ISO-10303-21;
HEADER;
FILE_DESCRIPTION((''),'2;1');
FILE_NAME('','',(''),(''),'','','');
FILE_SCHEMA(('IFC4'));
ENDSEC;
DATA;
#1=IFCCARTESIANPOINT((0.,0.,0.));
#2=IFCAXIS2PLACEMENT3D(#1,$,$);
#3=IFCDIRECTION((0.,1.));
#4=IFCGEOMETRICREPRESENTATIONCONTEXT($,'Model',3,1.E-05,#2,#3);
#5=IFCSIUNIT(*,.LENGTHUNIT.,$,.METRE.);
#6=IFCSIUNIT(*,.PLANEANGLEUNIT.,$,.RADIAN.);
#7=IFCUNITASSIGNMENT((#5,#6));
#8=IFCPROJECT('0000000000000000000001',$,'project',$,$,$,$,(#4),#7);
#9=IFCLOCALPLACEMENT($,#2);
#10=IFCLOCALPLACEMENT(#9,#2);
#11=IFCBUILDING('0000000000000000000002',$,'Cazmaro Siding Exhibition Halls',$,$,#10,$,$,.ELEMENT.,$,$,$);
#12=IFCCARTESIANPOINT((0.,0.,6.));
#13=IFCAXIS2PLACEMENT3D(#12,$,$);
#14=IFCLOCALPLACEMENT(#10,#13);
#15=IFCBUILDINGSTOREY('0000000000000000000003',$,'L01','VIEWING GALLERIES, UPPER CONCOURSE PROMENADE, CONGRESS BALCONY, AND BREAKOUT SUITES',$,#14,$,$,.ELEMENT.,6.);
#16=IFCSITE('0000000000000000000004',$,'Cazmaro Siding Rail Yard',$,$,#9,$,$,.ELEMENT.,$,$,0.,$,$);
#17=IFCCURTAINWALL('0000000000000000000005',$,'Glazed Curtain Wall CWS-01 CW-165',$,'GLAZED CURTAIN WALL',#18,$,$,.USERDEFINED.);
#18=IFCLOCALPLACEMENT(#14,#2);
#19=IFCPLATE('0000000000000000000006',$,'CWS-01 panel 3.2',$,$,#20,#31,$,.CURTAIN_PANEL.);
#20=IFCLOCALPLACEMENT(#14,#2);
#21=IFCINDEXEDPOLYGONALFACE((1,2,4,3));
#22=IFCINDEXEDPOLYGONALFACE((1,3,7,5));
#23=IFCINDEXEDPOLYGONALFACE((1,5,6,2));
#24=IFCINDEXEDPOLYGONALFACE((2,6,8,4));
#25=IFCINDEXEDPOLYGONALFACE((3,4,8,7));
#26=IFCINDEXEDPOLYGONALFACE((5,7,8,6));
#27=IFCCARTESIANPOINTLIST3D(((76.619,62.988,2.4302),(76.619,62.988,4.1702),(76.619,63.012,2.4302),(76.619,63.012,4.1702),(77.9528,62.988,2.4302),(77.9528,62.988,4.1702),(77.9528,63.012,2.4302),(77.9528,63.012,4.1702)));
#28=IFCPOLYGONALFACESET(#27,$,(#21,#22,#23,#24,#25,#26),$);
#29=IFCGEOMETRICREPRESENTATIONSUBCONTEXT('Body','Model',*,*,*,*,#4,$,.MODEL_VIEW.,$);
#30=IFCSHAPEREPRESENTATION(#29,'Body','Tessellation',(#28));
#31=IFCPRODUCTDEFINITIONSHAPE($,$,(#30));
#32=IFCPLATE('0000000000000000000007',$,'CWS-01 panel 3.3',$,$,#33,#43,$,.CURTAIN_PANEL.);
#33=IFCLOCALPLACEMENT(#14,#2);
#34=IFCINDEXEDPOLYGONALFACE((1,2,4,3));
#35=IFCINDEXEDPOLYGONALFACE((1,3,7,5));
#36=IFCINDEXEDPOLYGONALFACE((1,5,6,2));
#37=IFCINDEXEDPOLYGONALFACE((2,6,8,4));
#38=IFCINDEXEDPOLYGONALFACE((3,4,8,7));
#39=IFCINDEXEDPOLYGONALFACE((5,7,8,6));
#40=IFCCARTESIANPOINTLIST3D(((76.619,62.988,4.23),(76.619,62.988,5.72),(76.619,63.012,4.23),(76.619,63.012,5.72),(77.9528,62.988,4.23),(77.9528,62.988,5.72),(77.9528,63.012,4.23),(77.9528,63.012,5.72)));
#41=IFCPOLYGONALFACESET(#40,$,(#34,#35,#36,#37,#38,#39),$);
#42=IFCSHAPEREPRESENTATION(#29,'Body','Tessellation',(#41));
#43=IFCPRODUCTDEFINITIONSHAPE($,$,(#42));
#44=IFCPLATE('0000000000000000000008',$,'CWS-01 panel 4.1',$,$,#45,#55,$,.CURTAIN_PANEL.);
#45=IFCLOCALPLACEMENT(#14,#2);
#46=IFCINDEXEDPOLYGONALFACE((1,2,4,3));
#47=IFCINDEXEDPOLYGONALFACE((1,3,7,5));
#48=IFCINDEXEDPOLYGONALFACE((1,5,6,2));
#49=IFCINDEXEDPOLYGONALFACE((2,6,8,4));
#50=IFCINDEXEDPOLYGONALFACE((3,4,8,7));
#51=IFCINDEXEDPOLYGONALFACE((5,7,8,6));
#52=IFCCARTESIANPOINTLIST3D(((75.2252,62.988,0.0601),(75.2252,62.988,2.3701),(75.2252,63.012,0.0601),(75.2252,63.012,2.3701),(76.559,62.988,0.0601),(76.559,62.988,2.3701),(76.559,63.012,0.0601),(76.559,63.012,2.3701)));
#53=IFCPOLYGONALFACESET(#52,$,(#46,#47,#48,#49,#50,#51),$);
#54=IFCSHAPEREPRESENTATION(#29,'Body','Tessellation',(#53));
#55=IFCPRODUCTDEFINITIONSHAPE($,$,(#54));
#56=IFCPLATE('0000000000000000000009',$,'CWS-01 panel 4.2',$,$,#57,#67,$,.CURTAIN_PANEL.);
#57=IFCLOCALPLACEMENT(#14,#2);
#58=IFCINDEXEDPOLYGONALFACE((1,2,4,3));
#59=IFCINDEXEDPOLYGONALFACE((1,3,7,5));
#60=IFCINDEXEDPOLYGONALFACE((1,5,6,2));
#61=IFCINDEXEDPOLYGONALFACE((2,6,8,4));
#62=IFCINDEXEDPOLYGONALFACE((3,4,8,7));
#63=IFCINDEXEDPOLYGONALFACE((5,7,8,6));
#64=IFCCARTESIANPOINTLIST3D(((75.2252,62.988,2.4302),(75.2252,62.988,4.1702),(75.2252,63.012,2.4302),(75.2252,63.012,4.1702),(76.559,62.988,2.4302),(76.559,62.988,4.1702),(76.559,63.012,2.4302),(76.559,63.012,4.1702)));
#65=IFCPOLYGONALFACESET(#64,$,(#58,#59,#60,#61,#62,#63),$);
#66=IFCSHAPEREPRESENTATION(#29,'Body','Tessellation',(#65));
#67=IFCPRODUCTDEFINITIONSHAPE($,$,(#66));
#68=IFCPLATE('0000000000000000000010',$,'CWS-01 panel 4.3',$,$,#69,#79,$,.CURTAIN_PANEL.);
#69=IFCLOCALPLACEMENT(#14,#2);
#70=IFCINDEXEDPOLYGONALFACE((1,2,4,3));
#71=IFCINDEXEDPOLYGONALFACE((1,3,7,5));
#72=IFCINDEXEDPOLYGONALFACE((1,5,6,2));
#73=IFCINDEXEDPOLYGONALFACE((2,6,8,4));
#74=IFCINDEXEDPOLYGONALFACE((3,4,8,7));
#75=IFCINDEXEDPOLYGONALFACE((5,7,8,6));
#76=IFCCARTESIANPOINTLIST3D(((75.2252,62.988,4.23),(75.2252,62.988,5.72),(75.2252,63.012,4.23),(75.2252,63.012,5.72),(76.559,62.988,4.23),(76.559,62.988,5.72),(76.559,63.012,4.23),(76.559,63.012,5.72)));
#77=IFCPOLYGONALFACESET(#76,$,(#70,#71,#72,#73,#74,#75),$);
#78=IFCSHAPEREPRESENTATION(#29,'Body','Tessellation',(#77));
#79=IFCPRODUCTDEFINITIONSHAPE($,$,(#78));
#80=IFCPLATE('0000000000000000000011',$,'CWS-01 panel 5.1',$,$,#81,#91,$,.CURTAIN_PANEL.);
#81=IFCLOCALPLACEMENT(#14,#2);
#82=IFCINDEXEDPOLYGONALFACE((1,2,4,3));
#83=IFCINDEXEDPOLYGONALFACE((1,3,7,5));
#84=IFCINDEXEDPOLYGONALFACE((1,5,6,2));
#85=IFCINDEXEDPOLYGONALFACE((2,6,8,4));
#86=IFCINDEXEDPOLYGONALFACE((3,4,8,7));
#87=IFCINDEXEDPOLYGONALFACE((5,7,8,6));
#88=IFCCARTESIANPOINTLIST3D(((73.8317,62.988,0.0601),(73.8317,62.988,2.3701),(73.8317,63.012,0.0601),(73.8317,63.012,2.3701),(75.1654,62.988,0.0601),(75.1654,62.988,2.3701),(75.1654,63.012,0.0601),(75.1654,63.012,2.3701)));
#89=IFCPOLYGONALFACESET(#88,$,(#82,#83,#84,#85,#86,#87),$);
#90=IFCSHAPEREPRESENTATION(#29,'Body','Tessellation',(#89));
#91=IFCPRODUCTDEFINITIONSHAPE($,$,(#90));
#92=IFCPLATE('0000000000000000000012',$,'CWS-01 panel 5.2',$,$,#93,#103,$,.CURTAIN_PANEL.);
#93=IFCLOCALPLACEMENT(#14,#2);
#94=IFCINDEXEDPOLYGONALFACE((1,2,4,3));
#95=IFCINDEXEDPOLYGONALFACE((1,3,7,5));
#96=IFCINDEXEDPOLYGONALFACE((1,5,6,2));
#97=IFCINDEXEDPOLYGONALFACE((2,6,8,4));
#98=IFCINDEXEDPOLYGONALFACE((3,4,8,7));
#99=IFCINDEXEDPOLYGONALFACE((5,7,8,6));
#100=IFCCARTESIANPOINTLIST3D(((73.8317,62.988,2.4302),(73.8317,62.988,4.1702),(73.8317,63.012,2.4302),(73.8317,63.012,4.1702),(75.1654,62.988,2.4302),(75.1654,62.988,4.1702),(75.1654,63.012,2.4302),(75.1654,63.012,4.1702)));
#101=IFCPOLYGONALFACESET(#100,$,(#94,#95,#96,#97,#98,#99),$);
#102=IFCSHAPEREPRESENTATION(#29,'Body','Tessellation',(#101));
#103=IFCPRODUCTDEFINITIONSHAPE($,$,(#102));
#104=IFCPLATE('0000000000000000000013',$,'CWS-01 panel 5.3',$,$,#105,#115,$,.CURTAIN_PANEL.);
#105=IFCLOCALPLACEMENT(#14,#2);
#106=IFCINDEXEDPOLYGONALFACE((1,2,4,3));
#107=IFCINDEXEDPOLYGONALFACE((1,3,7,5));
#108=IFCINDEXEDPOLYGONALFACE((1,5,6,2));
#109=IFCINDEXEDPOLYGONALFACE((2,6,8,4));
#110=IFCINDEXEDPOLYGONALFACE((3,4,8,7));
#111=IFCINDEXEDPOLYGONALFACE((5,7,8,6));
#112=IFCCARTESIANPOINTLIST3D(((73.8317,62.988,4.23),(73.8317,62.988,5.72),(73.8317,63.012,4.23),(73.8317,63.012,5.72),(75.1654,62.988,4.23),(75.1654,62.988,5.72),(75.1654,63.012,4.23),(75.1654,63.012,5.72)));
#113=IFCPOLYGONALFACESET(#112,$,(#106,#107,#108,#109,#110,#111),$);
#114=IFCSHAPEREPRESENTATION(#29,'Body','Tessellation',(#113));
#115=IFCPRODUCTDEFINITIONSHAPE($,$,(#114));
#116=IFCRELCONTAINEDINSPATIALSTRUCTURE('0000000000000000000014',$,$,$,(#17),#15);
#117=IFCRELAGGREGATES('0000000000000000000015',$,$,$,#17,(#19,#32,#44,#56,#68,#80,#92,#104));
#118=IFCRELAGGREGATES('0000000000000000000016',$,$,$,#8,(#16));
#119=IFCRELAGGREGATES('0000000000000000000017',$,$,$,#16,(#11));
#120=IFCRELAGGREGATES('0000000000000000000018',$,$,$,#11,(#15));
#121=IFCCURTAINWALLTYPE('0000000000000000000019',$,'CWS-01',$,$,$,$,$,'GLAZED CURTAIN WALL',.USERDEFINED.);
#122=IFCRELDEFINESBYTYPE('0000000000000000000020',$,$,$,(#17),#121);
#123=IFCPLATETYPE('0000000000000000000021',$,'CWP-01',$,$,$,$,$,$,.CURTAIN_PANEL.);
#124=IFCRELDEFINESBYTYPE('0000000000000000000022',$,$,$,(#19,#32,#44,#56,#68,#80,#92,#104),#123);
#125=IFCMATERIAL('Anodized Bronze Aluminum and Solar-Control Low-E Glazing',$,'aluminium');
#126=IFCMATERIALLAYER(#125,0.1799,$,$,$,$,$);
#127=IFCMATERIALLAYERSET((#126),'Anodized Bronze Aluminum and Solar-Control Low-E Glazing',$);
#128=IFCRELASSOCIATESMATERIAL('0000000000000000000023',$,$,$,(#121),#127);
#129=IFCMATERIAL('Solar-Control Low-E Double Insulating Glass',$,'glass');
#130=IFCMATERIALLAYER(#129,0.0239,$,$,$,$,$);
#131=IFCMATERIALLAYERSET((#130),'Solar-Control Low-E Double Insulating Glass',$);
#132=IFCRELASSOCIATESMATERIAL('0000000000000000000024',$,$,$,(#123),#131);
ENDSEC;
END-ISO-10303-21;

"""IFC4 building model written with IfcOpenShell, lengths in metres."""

from ifc_helpers import new_model, si_unit, direction, frame, origin, origin_2d, place, context, subcontext, project, spatial, rectangle, extrude, material, layer, layer_set, type_object, element, aggregate, save


model = new_model("IFC4")

# Units and contexts
model_context = context("Model", 3, precision=1e-05, world=origin(), true_north=direction((0.0, 1.0)))
body_context = subcontext(model_context, "Body", "Model", "MODEL_VIEW")
ifc_project = project(units=[si_unit("LENGTHUNIT", "METRE"), si_unit("PLANEANGLEUNIT", "RADIAN")], contexts=[model_context])

# Site, building, storey
site_placement = place(None, origin())
site = spatial("IfcSite", under=ifc_project, at=site_placement, Name="Cazmaro Siding Rail Yard", CompositionType="ELEMENT", RefElevation=0.0)
building_placement = place(site_placement, origin())
building = spatial("IfcBuilding", under=site, at=building_placement, Name="Cazmaro Siding Exhibition Halls", CompositionType="ELEMENT")
storey_placement = place(building_placement, frame((0.0, 0.0, 6.0)))
storey = spatial("IfcBuildingStorey", under=building, at=storey_placement, Name="L01", Description="VIEWING GALLERIES, UPPER CONCOURSE PROMENADE, CONGRESS BALCONY, AND BREAKOUT SUITES", CompositionType="ELEMENT", Elevation=6.0)

# Curtain wall, plates
ifc_material_1 = material(Name="Anodized Bronze Aluminum and Solar-Control Low-E Glazing", Category="aluminium")
ifc_layer_1 = layer(ifc_material_1, 0.1799)
ifc_layer_set_1 = layer_set([ifc_layer_1], Name="Anodized Bronze Aluminum and Solar-Control Low-E Glazing")
curtain_wall_type = type_object("IfcCurtainWallType", Name="CWS-01", ElementType="GLAZED CURTAIN WALL", PredefinedType="USERDEFINED", material=ifc_layer_set_1)
curtain_wall_placement = place(storey_placement, origin())
curtain_wall = element("IfcCurtainWall", 1, at=curtain_wall_placement, inside=storey, type_object=curtain_wall_type, Name="Glazed Curtain Wall CWS-01 CW-165", ObjectType="GLAZED CURTAIN WALL", PredefinedType="USERDEFINED")
ifc_material_2 = material(Name="Solar-Control Low-E Double Insulating Glass", Category="glass")
ifc_layer_2 = layer(ifc_material_2, 0.0239)
ifc_layer_set_2 = layer_set([ifc_layer_2], Name="Solar-Control Low-E Double Insulating Glass")
plate_type = type_object("IfcPlateType", Name="CWP-01", PredefinedType="CURTAIN_PANEL", material=ifc_layer_set_2)
plate_1_placement = place(storey_placement, frame((77.2859, 63.0, 2.4302), z_axis=(0.0, 0.0, 1.0), x_axis=(-1.0, 0.0, 0.0)))
plate_1 = element("IfcPlate", 2, at=plate_1_placement, type_object=plate_type, Name="CWS-01 panel 3.2", PredefinedType="CURTAIN_PANEL", context=body_context, shape_type="SweptSolid", body=[
    extrude(rectangle(XDim=1.3337, YDim=0.0239, at=origin_2d()), origin(), (0.0, 0.0, 1.0), 1.74),
])
plate_2_placement = place(storey_placement, frame((77.2859, 63.0, 4.23), z_axis=(0.0, 0.0, 1.0), x_axis=(-1.0, 0.0, 0.0)))
plate_2 = element("IfcPlate", 3, at=plate_2_placement, type_object=plate_type, Name="CWS-01 panel 3.3", PredefinedType="CURTAIN_PANEL", context=body_context, shape_type="SweptSolid", body=[
    extrude(rectangle(XDim=1.3337, YDim=0.0239, at=origin_2d()), origin(), (0.0, 0.0, 1.0), 1.49),
])
plate_3_placement = place(storey_placement, frame((75.8921, 63.0, 0.0601), z_axis=(0.0, 0.0, 1.0), x_axis=(-1.0, 0.0, 0.0)))
plate_3 = element("IfcPlate", 4, at=plate_3_placement, type_object=plate_type, Name="CWS-01 panel 4.1", PredefinedType="CURTAIN_PANEL", context=body_context, shape_type="SweptSolid", body=[
    extrude(rectangle(XDim=1.3337, YDim=0.0239, at=origin_2d()), origin(), (0.0, 0.0, 1.0), 2.3101),
])
plate_4_placement = place(storey_placement, frame((75.8921, 63.0, 2.4302), z_axis=(0.0, 0.0, 1.0), x_axis=(-1.0, 0.0, 0.0)))
plate_4 = element("IfcPlate", 5, at=plate_4_placement, type_object=plate_type, Name="CWS-01 panel 4.2", PredefinedType="CURTAIN_PANEL", context=body_context, shape_type="SweptSolid", body=[
    extrude(rectangle(XDim=1.3337, YDim=0.0239, at=origin_2d()), origin(), (0.0, 0.0, 1.0), 1.74),
])
plate_5_placement = place(storey_placement, frame((75.8921, 63.0, 4.23), z_axis=(0.0, 0.0, 1.0), x_axis=(-1.0, 0.0, 0.0)))
plate_5 = element("IfcPlate", 6, at=plate_5_placement, type_object=plate_type, Name="CWS-01 panel 4.3", PredefinedType="CURTAIN_PANEL", context=body_context, shape_type="SweptSolid", body=[
    extrude(rectangle(XDim=1.3337, YDim=0.0239, at=origin_2d()), origin(), (0.0, 0.0, 1.0), 1.49),
])
plate_6_placement = place(storey_placement, frame((74.4985, 63.0, 0.0601), z_axis=(0.0, 0.0, 1.0), x_axis=(-1.0, 0.0, 0.0)))
plate_6 = element("IfcPlate", 7, at=plate_6_placement, type_object=plate_type, Name="CWS-01 panel 5.1", PredefinedType="CURTAIN_PANEL", context=body_context, shape_type="SweptSolid", body=[
    extrude(rectangle(XDim=1.3337, YDim=0.0239, at=origin_2d()), origin(), (0.0, 0.0, 1.0), 2.3101),
])
plate_7_placement = place(storey_placement, frame((74.4985, 63.0, 2.4302), z_axis=(0.0, 0.0, 1.0), x_axis=(-1.0, 0.0, 0.0)))
plate_7 = element("IfcPlate", 8, at=plate_7_placement, type_object=plate_type, Name="CWS-01 panel 5.2", PredefinedType="CURTAIN_PANEL", context=body_context, shape_type="SweptSolid", body=[
    extrude(rectangle(XDim=1.3337, YDim=0.0239, at=origin_2d()), origin(), (0.0, 0.0, 1.0), 1.74),
])
plate_8_placement = place(storey_placement, frame((74.4985, 63.0, 4.23), z_axis=(0.0, 0.0, 1.0), x_axis=(-1.0, 0.0, 0.0)))
plate_8 = element("IfcPlate", 9, at=plate_8_placement, type_object=plate_type, Name="CWS-01 panel 5.3", PredefinedType="CURTAIN_PANEL", context=body_context, shape_type="SweptSolid", body=[
    extrude(rectangle(XDim=1.3337, YDim=0.0239, at=origin_2d()), origin(), (0.0, 0.0, 1.0), 1.49),
])
aggregate(curtain_wall, [plate_1, plate_2, plate_3, plate_4, plate_5, plate_6, plate_7, plate_8])

save(model, "model.ifc")
